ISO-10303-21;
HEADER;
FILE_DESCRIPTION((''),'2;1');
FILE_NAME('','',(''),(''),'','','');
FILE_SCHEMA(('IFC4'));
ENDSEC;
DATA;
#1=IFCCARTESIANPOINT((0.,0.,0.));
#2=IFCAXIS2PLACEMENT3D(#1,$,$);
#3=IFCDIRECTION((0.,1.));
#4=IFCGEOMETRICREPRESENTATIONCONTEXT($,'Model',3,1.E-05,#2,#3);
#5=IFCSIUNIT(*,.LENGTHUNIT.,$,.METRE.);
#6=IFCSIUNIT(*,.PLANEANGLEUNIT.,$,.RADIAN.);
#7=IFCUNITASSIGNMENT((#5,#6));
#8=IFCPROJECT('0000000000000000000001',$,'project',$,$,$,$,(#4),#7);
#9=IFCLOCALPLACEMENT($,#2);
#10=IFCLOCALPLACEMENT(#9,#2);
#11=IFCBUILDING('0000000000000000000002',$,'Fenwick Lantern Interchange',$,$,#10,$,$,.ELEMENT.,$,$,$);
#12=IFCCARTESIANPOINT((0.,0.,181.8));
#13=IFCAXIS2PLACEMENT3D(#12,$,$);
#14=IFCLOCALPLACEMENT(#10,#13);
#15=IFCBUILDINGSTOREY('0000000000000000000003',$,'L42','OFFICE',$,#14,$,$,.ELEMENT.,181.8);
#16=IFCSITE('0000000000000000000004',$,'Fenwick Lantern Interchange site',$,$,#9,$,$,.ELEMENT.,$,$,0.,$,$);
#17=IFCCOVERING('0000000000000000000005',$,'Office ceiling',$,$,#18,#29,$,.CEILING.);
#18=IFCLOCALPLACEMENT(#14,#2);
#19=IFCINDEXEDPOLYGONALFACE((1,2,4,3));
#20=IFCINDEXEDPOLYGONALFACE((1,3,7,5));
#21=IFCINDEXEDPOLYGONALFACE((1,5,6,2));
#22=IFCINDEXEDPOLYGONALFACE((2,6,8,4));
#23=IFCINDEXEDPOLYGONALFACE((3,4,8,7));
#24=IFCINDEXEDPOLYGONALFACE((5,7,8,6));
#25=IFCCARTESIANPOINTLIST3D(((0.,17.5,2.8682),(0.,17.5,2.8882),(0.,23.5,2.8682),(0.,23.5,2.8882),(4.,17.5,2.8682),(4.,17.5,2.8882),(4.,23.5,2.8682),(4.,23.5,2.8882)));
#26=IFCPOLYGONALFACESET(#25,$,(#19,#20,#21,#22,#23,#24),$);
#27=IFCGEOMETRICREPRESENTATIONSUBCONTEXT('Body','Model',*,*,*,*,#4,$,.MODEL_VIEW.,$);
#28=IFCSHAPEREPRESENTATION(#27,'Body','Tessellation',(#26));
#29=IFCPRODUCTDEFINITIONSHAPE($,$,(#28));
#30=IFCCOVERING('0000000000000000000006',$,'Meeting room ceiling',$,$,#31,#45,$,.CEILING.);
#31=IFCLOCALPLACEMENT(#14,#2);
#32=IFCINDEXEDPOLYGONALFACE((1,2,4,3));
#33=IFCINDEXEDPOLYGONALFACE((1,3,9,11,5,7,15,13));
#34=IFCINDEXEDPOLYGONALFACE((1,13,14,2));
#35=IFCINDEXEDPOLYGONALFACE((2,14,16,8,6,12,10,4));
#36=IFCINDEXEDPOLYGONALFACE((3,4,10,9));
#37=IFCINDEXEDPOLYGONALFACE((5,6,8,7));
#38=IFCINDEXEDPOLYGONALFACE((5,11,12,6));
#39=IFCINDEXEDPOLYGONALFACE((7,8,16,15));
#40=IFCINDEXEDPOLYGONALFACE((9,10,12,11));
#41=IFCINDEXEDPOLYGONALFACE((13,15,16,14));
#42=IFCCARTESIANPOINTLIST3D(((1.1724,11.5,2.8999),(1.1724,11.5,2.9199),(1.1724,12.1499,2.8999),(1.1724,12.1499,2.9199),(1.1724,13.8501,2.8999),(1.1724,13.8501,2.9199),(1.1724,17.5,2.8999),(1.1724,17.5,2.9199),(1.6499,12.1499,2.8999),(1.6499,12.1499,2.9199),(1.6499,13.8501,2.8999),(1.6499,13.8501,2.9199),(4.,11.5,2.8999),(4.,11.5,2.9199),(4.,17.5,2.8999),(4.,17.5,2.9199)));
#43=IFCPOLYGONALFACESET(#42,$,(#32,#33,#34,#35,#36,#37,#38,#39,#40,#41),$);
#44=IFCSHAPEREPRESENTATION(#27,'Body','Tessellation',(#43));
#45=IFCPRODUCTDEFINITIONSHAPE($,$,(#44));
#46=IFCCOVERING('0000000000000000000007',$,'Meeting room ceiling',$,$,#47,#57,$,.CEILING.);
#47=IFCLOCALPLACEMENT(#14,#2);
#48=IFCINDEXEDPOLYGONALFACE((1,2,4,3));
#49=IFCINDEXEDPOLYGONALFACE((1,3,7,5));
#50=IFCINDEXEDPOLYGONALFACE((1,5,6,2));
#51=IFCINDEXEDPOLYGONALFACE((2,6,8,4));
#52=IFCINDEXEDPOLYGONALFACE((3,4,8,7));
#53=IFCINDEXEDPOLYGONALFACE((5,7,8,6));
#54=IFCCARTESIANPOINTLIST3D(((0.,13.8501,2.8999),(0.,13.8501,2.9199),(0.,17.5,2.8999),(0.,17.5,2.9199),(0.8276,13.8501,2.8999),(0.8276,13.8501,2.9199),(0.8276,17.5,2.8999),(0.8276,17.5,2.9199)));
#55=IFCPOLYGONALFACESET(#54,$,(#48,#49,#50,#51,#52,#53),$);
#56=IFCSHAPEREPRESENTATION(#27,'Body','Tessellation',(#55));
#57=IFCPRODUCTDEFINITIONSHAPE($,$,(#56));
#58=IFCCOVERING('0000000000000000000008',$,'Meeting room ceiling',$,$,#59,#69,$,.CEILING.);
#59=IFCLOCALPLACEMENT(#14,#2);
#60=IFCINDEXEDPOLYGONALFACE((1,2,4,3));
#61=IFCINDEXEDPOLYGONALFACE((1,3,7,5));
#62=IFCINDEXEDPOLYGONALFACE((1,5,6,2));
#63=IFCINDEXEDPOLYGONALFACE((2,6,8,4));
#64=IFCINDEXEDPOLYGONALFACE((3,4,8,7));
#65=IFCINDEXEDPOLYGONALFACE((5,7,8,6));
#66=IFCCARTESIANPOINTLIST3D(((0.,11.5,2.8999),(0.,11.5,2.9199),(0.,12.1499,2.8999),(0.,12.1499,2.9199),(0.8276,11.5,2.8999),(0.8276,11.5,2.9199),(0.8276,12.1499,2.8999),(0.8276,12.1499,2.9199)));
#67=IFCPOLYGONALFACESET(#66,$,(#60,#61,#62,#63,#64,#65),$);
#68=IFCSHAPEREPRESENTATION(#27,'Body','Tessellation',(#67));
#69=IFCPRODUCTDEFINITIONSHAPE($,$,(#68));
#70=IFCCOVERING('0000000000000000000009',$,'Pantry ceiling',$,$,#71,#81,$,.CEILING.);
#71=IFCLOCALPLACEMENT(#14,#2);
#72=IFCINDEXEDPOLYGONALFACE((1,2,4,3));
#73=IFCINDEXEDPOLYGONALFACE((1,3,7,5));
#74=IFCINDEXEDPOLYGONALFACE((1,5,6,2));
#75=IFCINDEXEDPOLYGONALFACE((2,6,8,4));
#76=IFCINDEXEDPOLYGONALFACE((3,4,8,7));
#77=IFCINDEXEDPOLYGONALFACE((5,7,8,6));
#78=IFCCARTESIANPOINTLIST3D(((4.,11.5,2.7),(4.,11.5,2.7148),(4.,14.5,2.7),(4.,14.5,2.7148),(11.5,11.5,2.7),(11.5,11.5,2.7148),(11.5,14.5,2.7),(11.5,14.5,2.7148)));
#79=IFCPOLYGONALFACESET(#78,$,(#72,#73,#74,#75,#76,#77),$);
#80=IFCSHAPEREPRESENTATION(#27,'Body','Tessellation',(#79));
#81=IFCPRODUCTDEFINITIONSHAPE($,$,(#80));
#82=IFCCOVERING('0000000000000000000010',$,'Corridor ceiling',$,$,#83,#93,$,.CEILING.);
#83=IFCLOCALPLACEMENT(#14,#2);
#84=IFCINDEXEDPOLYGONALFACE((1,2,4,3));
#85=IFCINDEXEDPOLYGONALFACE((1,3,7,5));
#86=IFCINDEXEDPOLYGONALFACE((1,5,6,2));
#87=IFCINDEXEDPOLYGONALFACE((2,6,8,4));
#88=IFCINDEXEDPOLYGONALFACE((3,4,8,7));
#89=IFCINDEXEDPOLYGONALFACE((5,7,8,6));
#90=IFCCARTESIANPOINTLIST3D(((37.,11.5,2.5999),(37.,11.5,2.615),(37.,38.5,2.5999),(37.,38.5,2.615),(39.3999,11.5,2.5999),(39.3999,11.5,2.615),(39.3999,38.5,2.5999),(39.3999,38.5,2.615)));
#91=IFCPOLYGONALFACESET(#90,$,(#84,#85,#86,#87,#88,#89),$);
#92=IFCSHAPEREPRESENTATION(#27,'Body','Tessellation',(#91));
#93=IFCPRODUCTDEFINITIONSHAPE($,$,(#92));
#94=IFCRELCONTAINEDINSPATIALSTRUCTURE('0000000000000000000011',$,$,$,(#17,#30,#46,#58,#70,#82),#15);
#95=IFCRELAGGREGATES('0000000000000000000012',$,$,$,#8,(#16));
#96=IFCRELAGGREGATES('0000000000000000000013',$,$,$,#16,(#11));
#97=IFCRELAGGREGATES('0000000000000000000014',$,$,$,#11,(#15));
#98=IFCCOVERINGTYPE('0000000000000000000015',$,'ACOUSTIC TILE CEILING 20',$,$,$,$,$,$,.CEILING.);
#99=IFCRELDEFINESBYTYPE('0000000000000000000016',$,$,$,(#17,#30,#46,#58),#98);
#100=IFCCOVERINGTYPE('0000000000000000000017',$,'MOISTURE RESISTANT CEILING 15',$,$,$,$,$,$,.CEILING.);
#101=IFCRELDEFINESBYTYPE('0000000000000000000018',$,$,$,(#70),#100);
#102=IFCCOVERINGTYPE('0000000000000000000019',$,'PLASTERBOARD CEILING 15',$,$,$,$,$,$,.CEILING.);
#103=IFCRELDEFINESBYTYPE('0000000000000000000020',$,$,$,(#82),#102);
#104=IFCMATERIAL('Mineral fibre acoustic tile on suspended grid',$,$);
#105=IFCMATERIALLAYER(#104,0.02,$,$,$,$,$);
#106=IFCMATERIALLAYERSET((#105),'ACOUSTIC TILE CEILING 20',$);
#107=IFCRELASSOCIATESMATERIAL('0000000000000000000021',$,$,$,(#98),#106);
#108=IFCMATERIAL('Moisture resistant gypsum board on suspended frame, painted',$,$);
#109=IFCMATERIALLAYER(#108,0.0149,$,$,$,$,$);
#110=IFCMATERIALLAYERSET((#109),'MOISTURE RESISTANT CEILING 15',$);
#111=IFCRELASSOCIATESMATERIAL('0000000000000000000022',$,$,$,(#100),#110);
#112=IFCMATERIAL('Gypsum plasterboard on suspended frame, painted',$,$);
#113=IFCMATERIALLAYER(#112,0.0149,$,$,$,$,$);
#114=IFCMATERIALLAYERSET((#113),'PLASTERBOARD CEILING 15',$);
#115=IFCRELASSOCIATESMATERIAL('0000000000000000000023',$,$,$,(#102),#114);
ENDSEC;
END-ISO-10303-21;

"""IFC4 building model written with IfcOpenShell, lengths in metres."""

from ifc_helpers import new_model, si_unit, direction, frame, origin, place, context, subcontext, project, spatial, polyline, outline, extrude, material, layer, layer_set, type_object, element, save


model = new_model("IFC4")

# Units and contexts
model_context = context("Model", 3, precision=1e-05, world=origin(), true_north=direction((0.0, 1.0)))
body_context = subcontext(model_context, "Body", "Model", "MODEL_VIEW")
ifc_project = project(units=[si_unit("LENGTHUNIT", "METRE"), si_unit("PLANEANGLEUNIT", "RADIAN")], contexts=[model_context])

# Site, building, storey
site_placement = place(None, origin())
site = spatial("IfcSite", under=ifc_project, at=site_placement, Name="Fenwick Lantern Interchange site", CompositionType="ELEMENT", RefElevation=0.0)
building_placement = place(site_placement, origin())
building = spatial("IfcBuilding", under=site, at=building_placement, Name="Fenwick Lantern Interchange", CompositionType="ELEMENT")
storey_placement = place(building_placement, frame((0.0, 0.0, 181.8)))
storey = spatial("IfcBuildingStorey", under=building, at=storey_placement, Name="L42", Description="OFFICE", CompositionType="ELEMENT", Elevation=181.8)

# Coverings
ifc_material_1 = material(Name="Mineral fibre acoustic tile on suspended grid")
ifc_layer_1 = layer(ifc_material_1, 0.02)
ifc_layer_set_1 = layer_set([ifc_layer_1], Name="ACOUSTIC TILE CEILING 20")
covering_type_1 = type_object("IfcCoveringType", Name="ACOUSTIC TILE CEILING 20", PredefinedType="CEILING", material=ifc_layer_set_1)
covering_1_placement = place(storey_placement, frame((0.0, 0.0, 2.8682)))
element("IfcCovering", 1, at=covering_1_placement, inside=storey, type_object=covering_type_1, Name="Office ceiling", PredefinedType="CEILING", context=body_context, shape_type="SweptSolid", body=[
    extrude(outline(polyline([(0.0, 23.5), (0.0, 17.5), (4.0, 17.5), (4.0, 23.5), (0.0, 23.5)])), origin(), (0.0, 0.0, 1.0), 0.02),
])
covering_2_placement = place(storey_placement, frame((0.0, 0.0, 2.8999)))
element("IfcCovering", 2, at=covering_2_placement, inside=storey, type_object=covering_type_1, Name="Meeting room ceiling", PredefinedType="CEILING", context=body_context, shape_type="SweptSolid", body=[
    extrude(outline(polyline([(4.0, 17.5), (1.1724, 17.5), (1.1724, 13.8501), (1.6499, 13.8501), (1.6499, 12.1499), (1.1724, 12.1499), (1.1724, 11.5), (4.0, 11.5), (4.0, 17.5)])), origin(), (0.0, 0.0, 1.0), 0.02),
])
covering_3_placement = place(storey_placement, frame((0.0, 0.0, 2.8999)))
element("IfcCovering", 3, at=covering_3_placement, inside=storey, type_object=covering_type_1, Name="Meeting room ceiling", PredefinedType="CEILING", context=body_context, shape_type="SweptSolid", body=[
    extrude(outline(polyline([(0.8276, 17.5), (0.0, 17.5), (0.0, 13.8501), (0.8276, 13.8501), (0.8276, 17.5)])), origin(), (0.0, 0.0, 1.0), 0.02),
])
covering_4_placement = place(storey_placement, frame((0.0, 0.0, 2.8999)))
element("IfcCovering", 4, at=covering_4_placement, inside=storey, type_object=covering_type_1, Name="Meeting room ceiling", PredefinedType="CEILING", context=body_context, shape_type="SweptSolid", body=[
    extrude(outline(polyline([(0.0, 11.5), (0.8276, 11.5), (0.8276, 12.1499), (0.0, 12.1499), (0.0, 11.5)])), origin(), (0.0, 0.0, 1.0), 0.02),
])
ifc_material_2 = material(Name="Moisture resistant gypsum board on suspended frame, painted")
ifc_layer_2 = layer(ifc_material_2, 0.0149)
ifc_layer_set_2 = layer_set([ifc_layer_2], Name="MOISTURE RESISTANT CEILING 15")
covering_type_2 = type_object("IfcCoveringType", Name="MOISTURE RESISTANT CEILING 15", PredefinedType="CEILING", material=ifc_layer_set_2)
covering_5_placement = place(storey_placement, frame((0.0, 0.0, 2.7)))
element("IfcCovering", 5, at=covering_5_placement, inside=storey, type_object=covering_type_2, Name="Pantry ceiling", PredefinedType="CEILING", context=body_context, shape_type="SweptSolid", body=[
    extrude(outline(polyline([(4.0, 14.5), (4.0, 11.5), (11.5, 11.5), (11.5, 14.5), (4.0, 14.5)])), origin(), (0.0, 0.0, 1.0), 0.0149),
])
ifc_material_3 = material(Name="Gypsum plasterboard on suspended frame, painted")
ifc_layer_3 = layer(ifc_material_3, 0.0149)
ifc_layer_set_3 = layer_set([ifc_layer_3], Name="PLASTERBOARD CEILING 15")
covering_type_3 = type_object("IfcCoveringType", Name="PLASTERBOARD CEILING 15", PredefinedType="CEILING", material=ifc_layer_set_3)
covering_6_placement = place(storey_placement, frame((0.0, 0.0, 2.5999)))
element("IfcCovering", 6, at=covering_6_placement, inside=storey, type_object=covering_type_3, Name="Corridor ceiling", PredefinedType="CEILING", context=body_context, shape_type="SweptSolid", body=[
    extrude(outline(polyline([(39.3999, 38.5), (37.0, 38.5), (37.0, 11.5), (39.3999, 11.5), (39.3999, 38.5)])), origin(), (0.0, 0.0, 1.0), 0.0151),
])

save(model, "model.ifc")
